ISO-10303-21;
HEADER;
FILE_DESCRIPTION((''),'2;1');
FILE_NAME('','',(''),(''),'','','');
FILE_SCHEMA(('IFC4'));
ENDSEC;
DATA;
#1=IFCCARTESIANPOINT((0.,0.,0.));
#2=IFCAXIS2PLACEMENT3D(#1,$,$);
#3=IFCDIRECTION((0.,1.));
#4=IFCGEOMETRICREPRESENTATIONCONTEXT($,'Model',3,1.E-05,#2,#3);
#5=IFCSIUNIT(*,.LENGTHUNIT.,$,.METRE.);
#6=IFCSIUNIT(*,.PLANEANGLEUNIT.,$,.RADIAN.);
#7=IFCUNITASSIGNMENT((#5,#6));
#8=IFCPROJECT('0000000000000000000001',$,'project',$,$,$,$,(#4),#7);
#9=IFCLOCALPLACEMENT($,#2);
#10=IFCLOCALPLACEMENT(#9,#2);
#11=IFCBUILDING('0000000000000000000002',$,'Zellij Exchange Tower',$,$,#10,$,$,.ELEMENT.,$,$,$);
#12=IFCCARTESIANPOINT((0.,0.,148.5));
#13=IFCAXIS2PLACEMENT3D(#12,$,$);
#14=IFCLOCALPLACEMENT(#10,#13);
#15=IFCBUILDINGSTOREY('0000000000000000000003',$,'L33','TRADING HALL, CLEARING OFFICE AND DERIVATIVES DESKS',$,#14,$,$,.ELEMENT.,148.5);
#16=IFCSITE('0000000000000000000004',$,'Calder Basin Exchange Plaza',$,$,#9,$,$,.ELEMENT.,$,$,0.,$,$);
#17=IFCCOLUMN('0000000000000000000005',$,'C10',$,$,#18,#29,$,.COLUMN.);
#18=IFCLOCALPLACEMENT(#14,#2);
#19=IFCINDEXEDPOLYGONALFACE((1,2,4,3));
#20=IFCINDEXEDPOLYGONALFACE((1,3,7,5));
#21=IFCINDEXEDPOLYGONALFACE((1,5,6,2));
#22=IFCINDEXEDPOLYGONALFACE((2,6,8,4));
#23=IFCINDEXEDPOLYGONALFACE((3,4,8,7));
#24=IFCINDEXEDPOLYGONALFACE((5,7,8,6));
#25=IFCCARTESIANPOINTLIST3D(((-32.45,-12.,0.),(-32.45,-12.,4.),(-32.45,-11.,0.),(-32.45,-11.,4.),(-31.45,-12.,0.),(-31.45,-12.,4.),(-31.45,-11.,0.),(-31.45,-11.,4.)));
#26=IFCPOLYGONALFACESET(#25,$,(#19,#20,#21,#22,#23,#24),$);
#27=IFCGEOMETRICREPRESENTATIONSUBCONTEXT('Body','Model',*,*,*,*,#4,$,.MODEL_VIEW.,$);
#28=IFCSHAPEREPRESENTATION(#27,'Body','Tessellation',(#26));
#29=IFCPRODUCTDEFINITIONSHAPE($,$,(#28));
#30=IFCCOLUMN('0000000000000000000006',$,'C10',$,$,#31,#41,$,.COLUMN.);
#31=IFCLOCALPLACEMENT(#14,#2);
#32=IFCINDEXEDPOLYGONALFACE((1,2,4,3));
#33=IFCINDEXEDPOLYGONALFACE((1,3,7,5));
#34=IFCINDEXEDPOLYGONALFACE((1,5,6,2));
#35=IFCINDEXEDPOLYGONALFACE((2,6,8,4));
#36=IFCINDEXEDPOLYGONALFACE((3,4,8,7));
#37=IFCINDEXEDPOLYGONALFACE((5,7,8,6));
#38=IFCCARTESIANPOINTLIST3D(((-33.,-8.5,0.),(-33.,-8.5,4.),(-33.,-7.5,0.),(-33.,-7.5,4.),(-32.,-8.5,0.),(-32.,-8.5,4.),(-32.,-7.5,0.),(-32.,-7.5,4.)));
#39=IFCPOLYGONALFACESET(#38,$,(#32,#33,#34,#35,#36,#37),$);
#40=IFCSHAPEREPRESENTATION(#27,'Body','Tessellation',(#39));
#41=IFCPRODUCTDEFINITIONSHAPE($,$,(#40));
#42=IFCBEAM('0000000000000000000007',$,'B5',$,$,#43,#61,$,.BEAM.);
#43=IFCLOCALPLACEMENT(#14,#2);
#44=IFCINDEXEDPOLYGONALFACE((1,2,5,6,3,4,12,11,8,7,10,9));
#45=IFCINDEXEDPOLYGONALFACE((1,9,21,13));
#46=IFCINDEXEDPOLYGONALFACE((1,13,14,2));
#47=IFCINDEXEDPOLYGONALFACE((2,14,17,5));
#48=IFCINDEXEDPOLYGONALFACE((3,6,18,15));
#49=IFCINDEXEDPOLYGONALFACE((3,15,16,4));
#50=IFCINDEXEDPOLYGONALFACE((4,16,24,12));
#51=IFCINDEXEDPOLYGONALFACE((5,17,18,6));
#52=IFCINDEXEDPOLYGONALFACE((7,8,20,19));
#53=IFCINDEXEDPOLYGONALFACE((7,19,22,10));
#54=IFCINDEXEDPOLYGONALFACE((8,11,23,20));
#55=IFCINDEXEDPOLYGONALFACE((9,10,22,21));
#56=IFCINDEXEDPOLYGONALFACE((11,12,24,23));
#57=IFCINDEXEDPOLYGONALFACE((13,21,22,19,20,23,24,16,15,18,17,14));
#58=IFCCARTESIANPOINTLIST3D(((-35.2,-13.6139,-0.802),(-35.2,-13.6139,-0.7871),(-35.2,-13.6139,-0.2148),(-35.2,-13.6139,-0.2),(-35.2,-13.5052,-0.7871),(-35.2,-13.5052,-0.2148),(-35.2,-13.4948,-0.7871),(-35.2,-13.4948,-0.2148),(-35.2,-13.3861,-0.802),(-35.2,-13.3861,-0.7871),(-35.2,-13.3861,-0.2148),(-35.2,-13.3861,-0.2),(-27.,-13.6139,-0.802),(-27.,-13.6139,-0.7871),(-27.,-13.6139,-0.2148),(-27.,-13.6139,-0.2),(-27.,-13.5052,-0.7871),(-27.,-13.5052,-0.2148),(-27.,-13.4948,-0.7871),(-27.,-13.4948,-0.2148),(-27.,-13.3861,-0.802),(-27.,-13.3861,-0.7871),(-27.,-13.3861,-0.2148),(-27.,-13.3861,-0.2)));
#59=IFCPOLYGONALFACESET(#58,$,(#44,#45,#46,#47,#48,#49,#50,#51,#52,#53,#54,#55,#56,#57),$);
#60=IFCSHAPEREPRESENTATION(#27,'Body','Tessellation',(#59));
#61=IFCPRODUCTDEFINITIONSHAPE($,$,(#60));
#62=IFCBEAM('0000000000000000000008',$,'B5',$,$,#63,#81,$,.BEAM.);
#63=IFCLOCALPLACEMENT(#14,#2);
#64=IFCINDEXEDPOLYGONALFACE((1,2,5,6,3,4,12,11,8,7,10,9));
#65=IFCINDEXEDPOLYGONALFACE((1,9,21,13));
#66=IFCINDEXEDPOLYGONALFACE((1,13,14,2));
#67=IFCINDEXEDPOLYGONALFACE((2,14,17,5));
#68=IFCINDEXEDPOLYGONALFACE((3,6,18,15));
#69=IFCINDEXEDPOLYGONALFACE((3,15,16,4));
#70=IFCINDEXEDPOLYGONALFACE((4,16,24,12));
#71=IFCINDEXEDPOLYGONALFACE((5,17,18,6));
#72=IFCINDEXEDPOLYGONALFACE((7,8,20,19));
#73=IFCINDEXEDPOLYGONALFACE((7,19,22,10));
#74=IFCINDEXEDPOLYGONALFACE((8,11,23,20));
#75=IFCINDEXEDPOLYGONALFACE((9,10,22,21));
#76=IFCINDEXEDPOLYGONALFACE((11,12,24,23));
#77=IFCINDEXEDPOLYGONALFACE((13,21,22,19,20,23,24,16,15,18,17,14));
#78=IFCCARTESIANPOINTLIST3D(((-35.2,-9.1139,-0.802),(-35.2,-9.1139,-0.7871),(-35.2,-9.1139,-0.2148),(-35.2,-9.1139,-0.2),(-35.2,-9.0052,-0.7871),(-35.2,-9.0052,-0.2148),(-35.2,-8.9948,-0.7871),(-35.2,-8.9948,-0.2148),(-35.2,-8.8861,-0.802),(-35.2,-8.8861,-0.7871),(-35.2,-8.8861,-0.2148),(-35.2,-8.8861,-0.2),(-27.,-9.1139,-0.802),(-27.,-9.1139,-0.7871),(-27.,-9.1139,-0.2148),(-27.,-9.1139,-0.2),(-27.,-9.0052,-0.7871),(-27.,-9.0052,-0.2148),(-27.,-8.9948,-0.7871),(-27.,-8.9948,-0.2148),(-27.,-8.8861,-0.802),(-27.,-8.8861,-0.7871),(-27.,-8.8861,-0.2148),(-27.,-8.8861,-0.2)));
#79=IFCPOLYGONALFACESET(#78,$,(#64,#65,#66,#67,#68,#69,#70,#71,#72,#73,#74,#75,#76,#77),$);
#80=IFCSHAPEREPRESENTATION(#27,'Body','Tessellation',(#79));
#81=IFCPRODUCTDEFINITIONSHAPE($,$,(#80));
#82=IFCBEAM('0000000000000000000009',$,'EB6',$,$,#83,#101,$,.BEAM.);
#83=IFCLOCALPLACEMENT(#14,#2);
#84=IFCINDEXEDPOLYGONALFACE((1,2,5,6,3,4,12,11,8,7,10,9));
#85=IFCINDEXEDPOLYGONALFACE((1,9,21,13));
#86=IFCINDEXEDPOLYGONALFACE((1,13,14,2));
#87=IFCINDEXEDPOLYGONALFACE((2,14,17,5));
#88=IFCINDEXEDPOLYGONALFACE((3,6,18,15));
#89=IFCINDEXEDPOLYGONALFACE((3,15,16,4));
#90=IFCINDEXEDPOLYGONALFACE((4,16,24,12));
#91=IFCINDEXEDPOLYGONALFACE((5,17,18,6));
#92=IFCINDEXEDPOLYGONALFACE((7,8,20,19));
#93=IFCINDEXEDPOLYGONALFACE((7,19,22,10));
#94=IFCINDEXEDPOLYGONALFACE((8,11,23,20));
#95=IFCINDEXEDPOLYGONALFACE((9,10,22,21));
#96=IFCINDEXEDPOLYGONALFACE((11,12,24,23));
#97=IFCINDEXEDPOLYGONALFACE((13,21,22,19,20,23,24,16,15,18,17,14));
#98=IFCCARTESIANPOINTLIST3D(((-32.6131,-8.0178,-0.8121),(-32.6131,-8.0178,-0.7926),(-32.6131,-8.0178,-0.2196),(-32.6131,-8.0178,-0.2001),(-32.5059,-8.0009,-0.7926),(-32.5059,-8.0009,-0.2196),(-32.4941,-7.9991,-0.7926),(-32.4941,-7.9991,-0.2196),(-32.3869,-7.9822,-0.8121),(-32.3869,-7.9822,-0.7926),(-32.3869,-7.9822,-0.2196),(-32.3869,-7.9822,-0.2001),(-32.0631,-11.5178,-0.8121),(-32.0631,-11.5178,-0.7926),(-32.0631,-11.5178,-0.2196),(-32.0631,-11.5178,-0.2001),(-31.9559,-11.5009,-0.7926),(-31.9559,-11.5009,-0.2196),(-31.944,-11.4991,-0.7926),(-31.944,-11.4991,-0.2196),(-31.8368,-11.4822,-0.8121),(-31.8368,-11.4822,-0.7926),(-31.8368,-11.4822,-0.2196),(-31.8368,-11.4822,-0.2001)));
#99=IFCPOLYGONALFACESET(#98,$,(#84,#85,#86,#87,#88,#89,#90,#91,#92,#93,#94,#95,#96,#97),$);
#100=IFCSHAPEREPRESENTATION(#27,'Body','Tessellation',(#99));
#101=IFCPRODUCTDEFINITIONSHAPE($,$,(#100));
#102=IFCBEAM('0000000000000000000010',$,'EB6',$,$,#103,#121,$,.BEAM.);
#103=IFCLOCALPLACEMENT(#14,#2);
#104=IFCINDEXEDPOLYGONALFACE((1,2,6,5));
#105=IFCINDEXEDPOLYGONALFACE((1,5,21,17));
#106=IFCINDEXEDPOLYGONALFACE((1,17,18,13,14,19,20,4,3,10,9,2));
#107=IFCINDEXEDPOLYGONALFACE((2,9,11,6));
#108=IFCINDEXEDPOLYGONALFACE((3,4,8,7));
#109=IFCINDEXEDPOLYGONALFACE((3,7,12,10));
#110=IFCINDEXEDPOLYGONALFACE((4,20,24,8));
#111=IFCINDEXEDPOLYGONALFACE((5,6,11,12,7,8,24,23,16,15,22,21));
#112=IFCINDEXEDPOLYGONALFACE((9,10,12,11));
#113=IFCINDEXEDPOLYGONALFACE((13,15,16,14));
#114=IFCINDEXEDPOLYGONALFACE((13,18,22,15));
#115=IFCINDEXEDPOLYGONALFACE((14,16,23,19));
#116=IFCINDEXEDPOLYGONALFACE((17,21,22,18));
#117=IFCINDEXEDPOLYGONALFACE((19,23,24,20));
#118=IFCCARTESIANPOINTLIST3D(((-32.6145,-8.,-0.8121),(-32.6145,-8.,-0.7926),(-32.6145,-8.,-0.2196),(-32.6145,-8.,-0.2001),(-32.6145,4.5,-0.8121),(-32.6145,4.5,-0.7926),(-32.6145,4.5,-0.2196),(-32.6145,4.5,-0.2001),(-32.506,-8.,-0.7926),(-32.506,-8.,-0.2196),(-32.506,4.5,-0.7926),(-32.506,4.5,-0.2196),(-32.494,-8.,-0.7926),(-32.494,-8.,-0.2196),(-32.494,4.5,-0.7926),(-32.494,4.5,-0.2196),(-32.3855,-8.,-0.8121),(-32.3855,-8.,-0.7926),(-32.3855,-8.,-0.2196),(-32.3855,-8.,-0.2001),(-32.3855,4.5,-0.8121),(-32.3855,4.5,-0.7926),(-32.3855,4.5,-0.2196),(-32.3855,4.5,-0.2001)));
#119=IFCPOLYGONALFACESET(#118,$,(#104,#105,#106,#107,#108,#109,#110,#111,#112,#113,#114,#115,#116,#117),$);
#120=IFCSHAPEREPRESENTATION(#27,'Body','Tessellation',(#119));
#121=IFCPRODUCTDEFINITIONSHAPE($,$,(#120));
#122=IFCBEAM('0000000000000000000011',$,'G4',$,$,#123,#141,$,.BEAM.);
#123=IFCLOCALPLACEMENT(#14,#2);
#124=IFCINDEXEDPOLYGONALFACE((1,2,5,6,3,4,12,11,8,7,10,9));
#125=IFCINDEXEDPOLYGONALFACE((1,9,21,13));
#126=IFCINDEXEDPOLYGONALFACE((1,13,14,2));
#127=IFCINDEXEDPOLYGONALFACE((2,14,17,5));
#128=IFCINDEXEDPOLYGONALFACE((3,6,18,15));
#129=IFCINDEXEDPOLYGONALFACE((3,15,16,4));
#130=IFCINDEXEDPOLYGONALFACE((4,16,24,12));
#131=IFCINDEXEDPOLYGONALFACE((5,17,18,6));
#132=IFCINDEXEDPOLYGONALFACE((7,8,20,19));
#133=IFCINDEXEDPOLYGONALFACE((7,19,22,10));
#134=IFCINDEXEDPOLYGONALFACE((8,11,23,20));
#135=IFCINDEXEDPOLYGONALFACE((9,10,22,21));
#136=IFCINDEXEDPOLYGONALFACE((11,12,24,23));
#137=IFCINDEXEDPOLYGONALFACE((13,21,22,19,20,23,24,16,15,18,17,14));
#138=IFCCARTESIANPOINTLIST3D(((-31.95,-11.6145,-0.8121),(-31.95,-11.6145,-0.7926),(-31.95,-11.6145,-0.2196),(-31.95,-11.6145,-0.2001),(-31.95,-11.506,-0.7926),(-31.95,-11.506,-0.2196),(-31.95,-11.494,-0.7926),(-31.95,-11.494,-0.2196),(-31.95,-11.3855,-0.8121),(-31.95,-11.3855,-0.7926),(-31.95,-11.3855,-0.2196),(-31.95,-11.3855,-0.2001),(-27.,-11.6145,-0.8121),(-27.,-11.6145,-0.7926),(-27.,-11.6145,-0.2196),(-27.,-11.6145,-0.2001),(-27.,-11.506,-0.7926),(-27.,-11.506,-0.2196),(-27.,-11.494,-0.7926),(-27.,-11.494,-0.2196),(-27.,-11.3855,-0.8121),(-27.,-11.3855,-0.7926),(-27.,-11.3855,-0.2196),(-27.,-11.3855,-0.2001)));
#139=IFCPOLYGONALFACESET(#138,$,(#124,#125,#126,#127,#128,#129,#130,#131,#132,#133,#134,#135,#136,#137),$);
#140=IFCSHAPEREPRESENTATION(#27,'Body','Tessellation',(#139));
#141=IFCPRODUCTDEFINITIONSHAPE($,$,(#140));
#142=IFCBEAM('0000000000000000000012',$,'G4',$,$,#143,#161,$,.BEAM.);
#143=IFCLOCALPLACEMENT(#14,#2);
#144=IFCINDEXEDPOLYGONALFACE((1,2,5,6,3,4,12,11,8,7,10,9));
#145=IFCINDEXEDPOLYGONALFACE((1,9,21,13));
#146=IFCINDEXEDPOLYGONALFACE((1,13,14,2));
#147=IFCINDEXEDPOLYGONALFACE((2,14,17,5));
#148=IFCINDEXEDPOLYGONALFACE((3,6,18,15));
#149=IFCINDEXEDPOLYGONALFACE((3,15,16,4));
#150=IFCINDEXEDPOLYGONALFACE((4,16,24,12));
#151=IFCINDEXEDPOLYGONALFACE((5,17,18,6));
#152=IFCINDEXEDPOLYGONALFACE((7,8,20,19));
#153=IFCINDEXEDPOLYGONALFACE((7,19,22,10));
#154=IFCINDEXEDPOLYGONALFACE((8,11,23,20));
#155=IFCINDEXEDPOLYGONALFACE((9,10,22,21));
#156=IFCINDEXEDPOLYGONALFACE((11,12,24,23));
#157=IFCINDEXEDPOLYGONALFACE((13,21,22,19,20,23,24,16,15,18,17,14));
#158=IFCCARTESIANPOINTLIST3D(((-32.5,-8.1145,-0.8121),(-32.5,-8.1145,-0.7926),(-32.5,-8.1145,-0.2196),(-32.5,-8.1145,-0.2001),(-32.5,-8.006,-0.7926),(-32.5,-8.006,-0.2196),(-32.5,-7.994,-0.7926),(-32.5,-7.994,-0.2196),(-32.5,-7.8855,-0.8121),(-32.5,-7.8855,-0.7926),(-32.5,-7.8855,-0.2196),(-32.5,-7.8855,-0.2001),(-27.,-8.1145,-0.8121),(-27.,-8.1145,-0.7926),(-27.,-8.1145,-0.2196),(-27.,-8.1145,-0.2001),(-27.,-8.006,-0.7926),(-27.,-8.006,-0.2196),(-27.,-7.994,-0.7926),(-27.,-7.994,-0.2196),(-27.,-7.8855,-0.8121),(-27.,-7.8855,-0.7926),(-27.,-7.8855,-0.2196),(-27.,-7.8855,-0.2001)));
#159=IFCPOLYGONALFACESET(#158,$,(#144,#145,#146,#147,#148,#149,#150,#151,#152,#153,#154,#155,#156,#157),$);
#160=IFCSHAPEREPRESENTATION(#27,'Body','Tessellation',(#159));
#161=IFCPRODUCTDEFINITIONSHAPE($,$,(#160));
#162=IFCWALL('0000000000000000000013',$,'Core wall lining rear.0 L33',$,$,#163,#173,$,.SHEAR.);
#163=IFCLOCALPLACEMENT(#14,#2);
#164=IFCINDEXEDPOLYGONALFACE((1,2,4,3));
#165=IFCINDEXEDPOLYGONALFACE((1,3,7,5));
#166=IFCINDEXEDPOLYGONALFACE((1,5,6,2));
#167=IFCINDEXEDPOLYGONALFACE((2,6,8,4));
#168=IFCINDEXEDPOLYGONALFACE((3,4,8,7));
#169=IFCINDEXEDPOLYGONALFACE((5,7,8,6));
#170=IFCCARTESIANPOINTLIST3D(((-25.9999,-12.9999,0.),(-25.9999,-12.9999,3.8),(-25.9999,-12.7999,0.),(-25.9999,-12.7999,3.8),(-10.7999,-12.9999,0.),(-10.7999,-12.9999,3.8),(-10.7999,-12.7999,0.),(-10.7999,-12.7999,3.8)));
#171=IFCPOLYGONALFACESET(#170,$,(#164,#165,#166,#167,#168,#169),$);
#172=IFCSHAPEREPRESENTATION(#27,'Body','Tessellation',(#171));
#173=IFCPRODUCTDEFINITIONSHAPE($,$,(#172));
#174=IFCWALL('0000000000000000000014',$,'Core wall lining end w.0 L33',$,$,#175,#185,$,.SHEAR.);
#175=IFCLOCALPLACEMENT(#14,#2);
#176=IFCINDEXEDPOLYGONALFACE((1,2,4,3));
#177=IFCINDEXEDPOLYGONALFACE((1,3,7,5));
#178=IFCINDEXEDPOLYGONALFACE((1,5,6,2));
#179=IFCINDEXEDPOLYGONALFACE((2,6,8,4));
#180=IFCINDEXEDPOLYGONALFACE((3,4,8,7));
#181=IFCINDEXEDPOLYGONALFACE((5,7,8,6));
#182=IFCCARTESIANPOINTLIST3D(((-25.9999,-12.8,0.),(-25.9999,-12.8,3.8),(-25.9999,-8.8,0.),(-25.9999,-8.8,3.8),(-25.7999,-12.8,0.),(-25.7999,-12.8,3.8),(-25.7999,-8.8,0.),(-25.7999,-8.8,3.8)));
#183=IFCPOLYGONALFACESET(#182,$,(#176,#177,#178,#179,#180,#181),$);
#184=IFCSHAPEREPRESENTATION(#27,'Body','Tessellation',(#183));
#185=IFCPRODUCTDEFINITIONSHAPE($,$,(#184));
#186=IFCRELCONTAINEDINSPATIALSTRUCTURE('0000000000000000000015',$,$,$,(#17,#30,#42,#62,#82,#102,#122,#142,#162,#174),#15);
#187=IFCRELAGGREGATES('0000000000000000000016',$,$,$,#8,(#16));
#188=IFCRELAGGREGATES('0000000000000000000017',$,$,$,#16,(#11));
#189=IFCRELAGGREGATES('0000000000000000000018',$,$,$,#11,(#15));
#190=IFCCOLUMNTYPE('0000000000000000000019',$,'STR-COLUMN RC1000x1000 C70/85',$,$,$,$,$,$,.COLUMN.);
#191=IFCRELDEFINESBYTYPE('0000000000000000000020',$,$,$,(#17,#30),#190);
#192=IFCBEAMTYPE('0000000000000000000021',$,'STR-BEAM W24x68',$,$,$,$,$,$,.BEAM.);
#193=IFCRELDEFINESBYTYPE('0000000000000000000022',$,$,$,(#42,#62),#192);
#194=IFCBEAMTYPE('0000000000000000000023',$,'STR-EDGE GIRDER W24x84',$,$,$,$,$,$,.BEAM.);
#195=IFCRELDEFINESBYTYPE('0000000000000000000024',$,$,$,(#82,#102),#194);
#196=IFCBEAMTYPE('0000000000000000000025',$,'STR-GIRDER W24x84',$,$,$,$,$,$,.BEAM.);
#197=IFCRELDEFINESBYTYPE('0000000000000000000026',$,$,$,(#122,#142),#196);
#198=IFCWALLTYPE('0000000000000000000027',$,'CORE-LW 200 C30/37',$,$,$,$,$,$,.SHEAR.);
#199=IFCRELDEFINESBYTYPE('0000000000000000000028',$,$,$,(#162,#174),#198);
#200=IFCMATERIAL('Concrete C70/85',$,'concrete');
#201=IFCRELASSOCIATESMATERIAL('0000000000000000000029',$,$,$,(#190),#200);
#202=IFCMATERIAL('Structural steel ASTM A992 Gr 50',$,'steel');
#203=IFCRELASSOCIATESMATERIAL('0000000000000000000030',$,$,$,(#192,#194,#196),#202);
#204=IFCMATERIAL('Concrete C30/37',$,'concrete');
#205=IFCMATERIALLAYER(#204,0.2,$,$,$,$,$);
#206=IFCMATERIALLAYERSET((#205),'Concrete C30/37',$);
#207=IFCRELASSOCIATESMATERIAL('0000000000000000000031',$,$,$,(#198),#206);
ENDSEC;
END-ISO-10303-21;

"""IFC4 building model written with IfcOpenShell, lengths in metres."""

from ifc_helpers import new_model, si_unit, direction, frame, frame_2d, origin, origin_2d, place, context, subcontext, project, spatial, rectangle, i_section, extrude, material, layer, layer_set, material_profile, profile_set, type_object, element, save


model = new_model("IFC4")

# Units and contexts
model_context = context("Model", 3, precision=1e-05, world=origin(), true_north=direction((0.0, 1.0)))
body_context = subcontext(model_context, "Body", "Model", "MODEL_VIEW")
ifc_project = project(units=[si_unit("LENGTHUNIT", "METRE"), si_unit("PLANEANGLEUNIT", "RADIAN")], contexts=[model_context])

# Site, building, storey
site_placement = place(None, origin())
site = spatial("IfcSite", under=ifc_project, at=site_placement, Name="Calder Basin Exchange Plaza", CompositionType="ELEMENT", RefElevation=0.0)
building_placement = place(site_placement, origin())
building = spatial("IfcBuilding", under=site, at=building_placement, Name="Zellij Exchange Tower", CompositionType="ELEMENT")
storey_placement = place(building_placement, frame((0.0, 0.0, 148.5)))
storey = spatial("IfcBuildingStorey", under=building, at=storey_placement, Name="L33", Description="TRADING HALL, CLEARING OFFICE AND DERIVATIVES DESKS", CompositionType="ELEMENT", Elevation=148.5)

# Columns
ifc_material_1 = material(Name="Concrete C70/85", Category="concrete")
ifc_material_profile_1 = material_profile(ifc_material_1, rectangle(XDim=1.0, YDim=1.0, at=origin_2d()), Name="STR-COLUMN RC1000x1000 C70/85")
ifc_profile_set_1 = profile_set([ifc_material_profile_1], Name="Concrete C70/85")
column_type = type_object("IfcColumnType", Name="STR-COLUMN RC1000x1000 C70/85", PredefinedType="COLUMN", material=ifc_profile_set_1)
for number, where, z_axis, x_axis, name in (
    (1, (-31.95, -11.5, 0.0), (0.0, 0.0, 1.0), (1.0, 0.0, 0.0), "C10"),
    (2, (-32.5, -8.0, 0.0), (0.0, 0.0, 1.0), (1.0, 0.0, 0.0), "C10"),
):
    element("IfcColumn", number, at=place(storey_placement, frame(where, z_axis=z_axis, x_axis=x_axis)), inside=storey, type_object=column_type, Name=name, PredefinedType="COLUMN", context=body_context, shape_type="SweptSolid", body=[
        extrude(rectangle(XDim=1.0, YDim=1.0, at=origin_2d()), origin(), (0.0, 0.0, 1.0), 4.0),
    ])

# Beams
ifc_material_2 = material(Name="Structural steel ASTM A992 Gr 50", Category="steel")
ifc_material_profile_2 = material_profile(ifc_material_2, i_section(OverallWidth=0.2278, OverallDepth=0.6021, WebThickness=0.0105, FlangeThickness=0.0149, at=origin_2d()), Name="W24x68")
ifc_profile_set_2 = profile_set([ifc_material_profile_2], Name="Structural steel ASTM A992 Gr 50")
beam_type_1 = type_object("IfcBeamType", Name="STR-BEAM W24x68", PredefinedType="BEAM", material=ifc_profile_set_2)
for number, where, z_axis, x_axis, name in (
    (3, (-35.2, -13.5, -0.501), (1.0, 0.0, 0.0), (0.0, 1.0, 0.0), "B5"),
    (4, (-35.2, -9.0, -0.501), (1.0, 0.0, 0.0), (0.0, 1.0, 0.0), "B5"),
):
    element("IfcBeam", number, at=place(storey_placement, frame(where, z_axis=z_axis, x_axis=x_axis)), inside=storey, type_object=beam_type_1, Name=name, PredefinedType="BEAM", context=body_context, shape_type="SweptSolid", body=[
        extrude(i_section(OverallWidth=0.2278, OverallDepth=0.6021, WebThickness=0.0105, FlangeThickness=0.0149, at=origin_2d()), origin(), (0.0, 0.0, 1.0), 8.2),
    ])
ifc_material_profile_3 = material_profile(ifc_material_2, i_section(OverallWidth=0.229, OverallDepth=0.6121, WebThickness=0.012, FlangeThickness=0.0195, at=origin_2d()), Name="W24x84")
ifc_profile_set_3 = profile_set([ifc_material_profile_3], Name="Structural steel ASTM A992 Gr 50")
beam_type_2 = type_object("IfcBeamType", Name="STR-EDGE GIRDER W24x84", PredefinedType="BEAM", material=ifc_profile_set_3)
beam_1_placement = place(storey_placement, frame((-31.95, -11.5, -0.5061), z_axis=(-0.155251, 0.987875, 0.0), x_axis=(-0.987875, -0.155251, 0.0)))
element("IfcBeam", 5, at=beam_1_placement, inside=storey, type_object=beam_type_2, Name="EB6", PredefinedType="BEAM", context=body_context, shape_type="SweptSolid", body=[
    extrude(i_section(OverallWidth=0.229, OverallDepth=0.6121, WebThickness=0.012, FlangeThickness=0.0195, at=origin_2d()), origin(), (0.0, 0.0, 1.0), 3.543),
])
beam_2_placement = place(storey_placement, frame((-32.5, -8.0, -0.5061), z_axis=(0.0, 1.0, 0.0), x_axis=(-1.0, 0.0, 0.0)))
element("IfcBeam", 6, at=beam_2_placement, inside=storey, type_object=beam_type_2, Name="EB6", PredefinedType="BEAM", context=body_context, shape_type="SweptSolid", body=[
    extrude(i_section(OverallWidth=0.229, OverallDepth=0.6121, WebThickness=0.012, FlangeThickness=0.0195, at=origin_2d()), origin(), (0.0, 0.0, 1.0), 12.5),
])
ifc_material_profile_4 = material_profile(ifc_material_2, i_section(OverallWidth=0.229, OverallDepth=0.6121, WebThickness=0.012, FlangeThickness=0.0195, at=origin_2d()), Name="W24x84")
ifc_profile_set_4 = profile_set([ifc_material_profile_4], Name="Structural steel ASTM A992 Gr 50")
beam_type_3 = type_object("IfcBeamType", Name="STR-GIRDER W24x84", PredefinedType="BEAM", material=ifc_profile_set_4)
beam_3_placement = place(storey_placement, frame((-31.95, -11.5, -0.5061), z_axis=(1.0, 0.0, 0.0), x_axis=(0.0, 1.0, 0.0)))
element("IfcBeam", 7, at=beam_3_placement, inside=storey, type_object=beam_type_3, Name="G4", PredefinedType="BEAM", context=body_context, shape_type="SweptSolid", body=[
    extrude(i_section(OverallWidth=0.229, OverallDepth=0.6121, WebThickness=0.012, FlangeThickness=0.0195, at=origin_2d()), origin(), (0.0, 0.0, 1.0), 4.95),
])
beam_4_placement = place(storey_placement, frame((-32.5, -8.0, -0.5061), z_axis=(1.0, 0.0, 0.0), x_axis=(0.0, 1.0, 0.0)))
element("IfcBeam", 8, at=beam_4_placement, inside=storey, type_object=beam_type_3, Name="G4", PredefinedType="BEAM", context=body_context, shape_type="SweptSolid", body=[
    extrude(i_section(OverallWidth=0.229, OverallDepth=0.6121, WebThickness=0.012, FlangeThickness=0.0195, at=origin_2d()), origin(), (0.0, 0.0, 1.0), 5.5),
])

# Walls
ifc_material_3 = material(Name="Concrete C30/37", Category="concrete")
ifc_layer_1 = layer(ifc_material_3, 0.2)
ifc_layer_set_1 = layer_set([ifc_layer_1], Name="Concrete C30/37")
wall_type_1 = type_object("IfcWallType", Name="CORE-LW 200 C30/37", PredefinedType="SHEAR", material=ifc_layer_set_1)
wall_1_placement = place(storey_placement, frame((-26.0, -12.8999, 0.0), z_axis=(0.0, 0.0, 1.0), x_axis=(1.0, 0.0, 0.0)))
element("IfcWall", 9, at=wall_1_placement, inside=storey, type_object=wall_type_1, Name="Core wall lining rear.0 L33", PredefinedType="SHEAR", context=body_context, shape_type="SweptSolid", body=[
    extrude(rectangle(XDim=15.2, YDim=0.2, at=frame_2d((7.6001, 0.0))), origin(), (0.0, 0.0, 1.0), 3.8),
])
wall_2_placement = place(storey_placement, frame((-25.8999, -12.8, 0.0), z_axis=(0.0, 0.0, 1.0), x_axis=(0.0, 1.0, 0.0)))
element("IfcWall", 10, at=wall_2_placement, inside=storey, type_object=wall_type_1, Name="Core wall lining end w.0 L33", PredefinedType="SHEAR", context=body_context, shape_type="SweptSolid", body=[
    extrude(rectangle(XDim=4.0, YDim=0.2, at=frame_2d((2.0, 0.0))), origin(), (0.0, 0.0, 1.0), 3.8),
])

save(model, "model.ifc")
